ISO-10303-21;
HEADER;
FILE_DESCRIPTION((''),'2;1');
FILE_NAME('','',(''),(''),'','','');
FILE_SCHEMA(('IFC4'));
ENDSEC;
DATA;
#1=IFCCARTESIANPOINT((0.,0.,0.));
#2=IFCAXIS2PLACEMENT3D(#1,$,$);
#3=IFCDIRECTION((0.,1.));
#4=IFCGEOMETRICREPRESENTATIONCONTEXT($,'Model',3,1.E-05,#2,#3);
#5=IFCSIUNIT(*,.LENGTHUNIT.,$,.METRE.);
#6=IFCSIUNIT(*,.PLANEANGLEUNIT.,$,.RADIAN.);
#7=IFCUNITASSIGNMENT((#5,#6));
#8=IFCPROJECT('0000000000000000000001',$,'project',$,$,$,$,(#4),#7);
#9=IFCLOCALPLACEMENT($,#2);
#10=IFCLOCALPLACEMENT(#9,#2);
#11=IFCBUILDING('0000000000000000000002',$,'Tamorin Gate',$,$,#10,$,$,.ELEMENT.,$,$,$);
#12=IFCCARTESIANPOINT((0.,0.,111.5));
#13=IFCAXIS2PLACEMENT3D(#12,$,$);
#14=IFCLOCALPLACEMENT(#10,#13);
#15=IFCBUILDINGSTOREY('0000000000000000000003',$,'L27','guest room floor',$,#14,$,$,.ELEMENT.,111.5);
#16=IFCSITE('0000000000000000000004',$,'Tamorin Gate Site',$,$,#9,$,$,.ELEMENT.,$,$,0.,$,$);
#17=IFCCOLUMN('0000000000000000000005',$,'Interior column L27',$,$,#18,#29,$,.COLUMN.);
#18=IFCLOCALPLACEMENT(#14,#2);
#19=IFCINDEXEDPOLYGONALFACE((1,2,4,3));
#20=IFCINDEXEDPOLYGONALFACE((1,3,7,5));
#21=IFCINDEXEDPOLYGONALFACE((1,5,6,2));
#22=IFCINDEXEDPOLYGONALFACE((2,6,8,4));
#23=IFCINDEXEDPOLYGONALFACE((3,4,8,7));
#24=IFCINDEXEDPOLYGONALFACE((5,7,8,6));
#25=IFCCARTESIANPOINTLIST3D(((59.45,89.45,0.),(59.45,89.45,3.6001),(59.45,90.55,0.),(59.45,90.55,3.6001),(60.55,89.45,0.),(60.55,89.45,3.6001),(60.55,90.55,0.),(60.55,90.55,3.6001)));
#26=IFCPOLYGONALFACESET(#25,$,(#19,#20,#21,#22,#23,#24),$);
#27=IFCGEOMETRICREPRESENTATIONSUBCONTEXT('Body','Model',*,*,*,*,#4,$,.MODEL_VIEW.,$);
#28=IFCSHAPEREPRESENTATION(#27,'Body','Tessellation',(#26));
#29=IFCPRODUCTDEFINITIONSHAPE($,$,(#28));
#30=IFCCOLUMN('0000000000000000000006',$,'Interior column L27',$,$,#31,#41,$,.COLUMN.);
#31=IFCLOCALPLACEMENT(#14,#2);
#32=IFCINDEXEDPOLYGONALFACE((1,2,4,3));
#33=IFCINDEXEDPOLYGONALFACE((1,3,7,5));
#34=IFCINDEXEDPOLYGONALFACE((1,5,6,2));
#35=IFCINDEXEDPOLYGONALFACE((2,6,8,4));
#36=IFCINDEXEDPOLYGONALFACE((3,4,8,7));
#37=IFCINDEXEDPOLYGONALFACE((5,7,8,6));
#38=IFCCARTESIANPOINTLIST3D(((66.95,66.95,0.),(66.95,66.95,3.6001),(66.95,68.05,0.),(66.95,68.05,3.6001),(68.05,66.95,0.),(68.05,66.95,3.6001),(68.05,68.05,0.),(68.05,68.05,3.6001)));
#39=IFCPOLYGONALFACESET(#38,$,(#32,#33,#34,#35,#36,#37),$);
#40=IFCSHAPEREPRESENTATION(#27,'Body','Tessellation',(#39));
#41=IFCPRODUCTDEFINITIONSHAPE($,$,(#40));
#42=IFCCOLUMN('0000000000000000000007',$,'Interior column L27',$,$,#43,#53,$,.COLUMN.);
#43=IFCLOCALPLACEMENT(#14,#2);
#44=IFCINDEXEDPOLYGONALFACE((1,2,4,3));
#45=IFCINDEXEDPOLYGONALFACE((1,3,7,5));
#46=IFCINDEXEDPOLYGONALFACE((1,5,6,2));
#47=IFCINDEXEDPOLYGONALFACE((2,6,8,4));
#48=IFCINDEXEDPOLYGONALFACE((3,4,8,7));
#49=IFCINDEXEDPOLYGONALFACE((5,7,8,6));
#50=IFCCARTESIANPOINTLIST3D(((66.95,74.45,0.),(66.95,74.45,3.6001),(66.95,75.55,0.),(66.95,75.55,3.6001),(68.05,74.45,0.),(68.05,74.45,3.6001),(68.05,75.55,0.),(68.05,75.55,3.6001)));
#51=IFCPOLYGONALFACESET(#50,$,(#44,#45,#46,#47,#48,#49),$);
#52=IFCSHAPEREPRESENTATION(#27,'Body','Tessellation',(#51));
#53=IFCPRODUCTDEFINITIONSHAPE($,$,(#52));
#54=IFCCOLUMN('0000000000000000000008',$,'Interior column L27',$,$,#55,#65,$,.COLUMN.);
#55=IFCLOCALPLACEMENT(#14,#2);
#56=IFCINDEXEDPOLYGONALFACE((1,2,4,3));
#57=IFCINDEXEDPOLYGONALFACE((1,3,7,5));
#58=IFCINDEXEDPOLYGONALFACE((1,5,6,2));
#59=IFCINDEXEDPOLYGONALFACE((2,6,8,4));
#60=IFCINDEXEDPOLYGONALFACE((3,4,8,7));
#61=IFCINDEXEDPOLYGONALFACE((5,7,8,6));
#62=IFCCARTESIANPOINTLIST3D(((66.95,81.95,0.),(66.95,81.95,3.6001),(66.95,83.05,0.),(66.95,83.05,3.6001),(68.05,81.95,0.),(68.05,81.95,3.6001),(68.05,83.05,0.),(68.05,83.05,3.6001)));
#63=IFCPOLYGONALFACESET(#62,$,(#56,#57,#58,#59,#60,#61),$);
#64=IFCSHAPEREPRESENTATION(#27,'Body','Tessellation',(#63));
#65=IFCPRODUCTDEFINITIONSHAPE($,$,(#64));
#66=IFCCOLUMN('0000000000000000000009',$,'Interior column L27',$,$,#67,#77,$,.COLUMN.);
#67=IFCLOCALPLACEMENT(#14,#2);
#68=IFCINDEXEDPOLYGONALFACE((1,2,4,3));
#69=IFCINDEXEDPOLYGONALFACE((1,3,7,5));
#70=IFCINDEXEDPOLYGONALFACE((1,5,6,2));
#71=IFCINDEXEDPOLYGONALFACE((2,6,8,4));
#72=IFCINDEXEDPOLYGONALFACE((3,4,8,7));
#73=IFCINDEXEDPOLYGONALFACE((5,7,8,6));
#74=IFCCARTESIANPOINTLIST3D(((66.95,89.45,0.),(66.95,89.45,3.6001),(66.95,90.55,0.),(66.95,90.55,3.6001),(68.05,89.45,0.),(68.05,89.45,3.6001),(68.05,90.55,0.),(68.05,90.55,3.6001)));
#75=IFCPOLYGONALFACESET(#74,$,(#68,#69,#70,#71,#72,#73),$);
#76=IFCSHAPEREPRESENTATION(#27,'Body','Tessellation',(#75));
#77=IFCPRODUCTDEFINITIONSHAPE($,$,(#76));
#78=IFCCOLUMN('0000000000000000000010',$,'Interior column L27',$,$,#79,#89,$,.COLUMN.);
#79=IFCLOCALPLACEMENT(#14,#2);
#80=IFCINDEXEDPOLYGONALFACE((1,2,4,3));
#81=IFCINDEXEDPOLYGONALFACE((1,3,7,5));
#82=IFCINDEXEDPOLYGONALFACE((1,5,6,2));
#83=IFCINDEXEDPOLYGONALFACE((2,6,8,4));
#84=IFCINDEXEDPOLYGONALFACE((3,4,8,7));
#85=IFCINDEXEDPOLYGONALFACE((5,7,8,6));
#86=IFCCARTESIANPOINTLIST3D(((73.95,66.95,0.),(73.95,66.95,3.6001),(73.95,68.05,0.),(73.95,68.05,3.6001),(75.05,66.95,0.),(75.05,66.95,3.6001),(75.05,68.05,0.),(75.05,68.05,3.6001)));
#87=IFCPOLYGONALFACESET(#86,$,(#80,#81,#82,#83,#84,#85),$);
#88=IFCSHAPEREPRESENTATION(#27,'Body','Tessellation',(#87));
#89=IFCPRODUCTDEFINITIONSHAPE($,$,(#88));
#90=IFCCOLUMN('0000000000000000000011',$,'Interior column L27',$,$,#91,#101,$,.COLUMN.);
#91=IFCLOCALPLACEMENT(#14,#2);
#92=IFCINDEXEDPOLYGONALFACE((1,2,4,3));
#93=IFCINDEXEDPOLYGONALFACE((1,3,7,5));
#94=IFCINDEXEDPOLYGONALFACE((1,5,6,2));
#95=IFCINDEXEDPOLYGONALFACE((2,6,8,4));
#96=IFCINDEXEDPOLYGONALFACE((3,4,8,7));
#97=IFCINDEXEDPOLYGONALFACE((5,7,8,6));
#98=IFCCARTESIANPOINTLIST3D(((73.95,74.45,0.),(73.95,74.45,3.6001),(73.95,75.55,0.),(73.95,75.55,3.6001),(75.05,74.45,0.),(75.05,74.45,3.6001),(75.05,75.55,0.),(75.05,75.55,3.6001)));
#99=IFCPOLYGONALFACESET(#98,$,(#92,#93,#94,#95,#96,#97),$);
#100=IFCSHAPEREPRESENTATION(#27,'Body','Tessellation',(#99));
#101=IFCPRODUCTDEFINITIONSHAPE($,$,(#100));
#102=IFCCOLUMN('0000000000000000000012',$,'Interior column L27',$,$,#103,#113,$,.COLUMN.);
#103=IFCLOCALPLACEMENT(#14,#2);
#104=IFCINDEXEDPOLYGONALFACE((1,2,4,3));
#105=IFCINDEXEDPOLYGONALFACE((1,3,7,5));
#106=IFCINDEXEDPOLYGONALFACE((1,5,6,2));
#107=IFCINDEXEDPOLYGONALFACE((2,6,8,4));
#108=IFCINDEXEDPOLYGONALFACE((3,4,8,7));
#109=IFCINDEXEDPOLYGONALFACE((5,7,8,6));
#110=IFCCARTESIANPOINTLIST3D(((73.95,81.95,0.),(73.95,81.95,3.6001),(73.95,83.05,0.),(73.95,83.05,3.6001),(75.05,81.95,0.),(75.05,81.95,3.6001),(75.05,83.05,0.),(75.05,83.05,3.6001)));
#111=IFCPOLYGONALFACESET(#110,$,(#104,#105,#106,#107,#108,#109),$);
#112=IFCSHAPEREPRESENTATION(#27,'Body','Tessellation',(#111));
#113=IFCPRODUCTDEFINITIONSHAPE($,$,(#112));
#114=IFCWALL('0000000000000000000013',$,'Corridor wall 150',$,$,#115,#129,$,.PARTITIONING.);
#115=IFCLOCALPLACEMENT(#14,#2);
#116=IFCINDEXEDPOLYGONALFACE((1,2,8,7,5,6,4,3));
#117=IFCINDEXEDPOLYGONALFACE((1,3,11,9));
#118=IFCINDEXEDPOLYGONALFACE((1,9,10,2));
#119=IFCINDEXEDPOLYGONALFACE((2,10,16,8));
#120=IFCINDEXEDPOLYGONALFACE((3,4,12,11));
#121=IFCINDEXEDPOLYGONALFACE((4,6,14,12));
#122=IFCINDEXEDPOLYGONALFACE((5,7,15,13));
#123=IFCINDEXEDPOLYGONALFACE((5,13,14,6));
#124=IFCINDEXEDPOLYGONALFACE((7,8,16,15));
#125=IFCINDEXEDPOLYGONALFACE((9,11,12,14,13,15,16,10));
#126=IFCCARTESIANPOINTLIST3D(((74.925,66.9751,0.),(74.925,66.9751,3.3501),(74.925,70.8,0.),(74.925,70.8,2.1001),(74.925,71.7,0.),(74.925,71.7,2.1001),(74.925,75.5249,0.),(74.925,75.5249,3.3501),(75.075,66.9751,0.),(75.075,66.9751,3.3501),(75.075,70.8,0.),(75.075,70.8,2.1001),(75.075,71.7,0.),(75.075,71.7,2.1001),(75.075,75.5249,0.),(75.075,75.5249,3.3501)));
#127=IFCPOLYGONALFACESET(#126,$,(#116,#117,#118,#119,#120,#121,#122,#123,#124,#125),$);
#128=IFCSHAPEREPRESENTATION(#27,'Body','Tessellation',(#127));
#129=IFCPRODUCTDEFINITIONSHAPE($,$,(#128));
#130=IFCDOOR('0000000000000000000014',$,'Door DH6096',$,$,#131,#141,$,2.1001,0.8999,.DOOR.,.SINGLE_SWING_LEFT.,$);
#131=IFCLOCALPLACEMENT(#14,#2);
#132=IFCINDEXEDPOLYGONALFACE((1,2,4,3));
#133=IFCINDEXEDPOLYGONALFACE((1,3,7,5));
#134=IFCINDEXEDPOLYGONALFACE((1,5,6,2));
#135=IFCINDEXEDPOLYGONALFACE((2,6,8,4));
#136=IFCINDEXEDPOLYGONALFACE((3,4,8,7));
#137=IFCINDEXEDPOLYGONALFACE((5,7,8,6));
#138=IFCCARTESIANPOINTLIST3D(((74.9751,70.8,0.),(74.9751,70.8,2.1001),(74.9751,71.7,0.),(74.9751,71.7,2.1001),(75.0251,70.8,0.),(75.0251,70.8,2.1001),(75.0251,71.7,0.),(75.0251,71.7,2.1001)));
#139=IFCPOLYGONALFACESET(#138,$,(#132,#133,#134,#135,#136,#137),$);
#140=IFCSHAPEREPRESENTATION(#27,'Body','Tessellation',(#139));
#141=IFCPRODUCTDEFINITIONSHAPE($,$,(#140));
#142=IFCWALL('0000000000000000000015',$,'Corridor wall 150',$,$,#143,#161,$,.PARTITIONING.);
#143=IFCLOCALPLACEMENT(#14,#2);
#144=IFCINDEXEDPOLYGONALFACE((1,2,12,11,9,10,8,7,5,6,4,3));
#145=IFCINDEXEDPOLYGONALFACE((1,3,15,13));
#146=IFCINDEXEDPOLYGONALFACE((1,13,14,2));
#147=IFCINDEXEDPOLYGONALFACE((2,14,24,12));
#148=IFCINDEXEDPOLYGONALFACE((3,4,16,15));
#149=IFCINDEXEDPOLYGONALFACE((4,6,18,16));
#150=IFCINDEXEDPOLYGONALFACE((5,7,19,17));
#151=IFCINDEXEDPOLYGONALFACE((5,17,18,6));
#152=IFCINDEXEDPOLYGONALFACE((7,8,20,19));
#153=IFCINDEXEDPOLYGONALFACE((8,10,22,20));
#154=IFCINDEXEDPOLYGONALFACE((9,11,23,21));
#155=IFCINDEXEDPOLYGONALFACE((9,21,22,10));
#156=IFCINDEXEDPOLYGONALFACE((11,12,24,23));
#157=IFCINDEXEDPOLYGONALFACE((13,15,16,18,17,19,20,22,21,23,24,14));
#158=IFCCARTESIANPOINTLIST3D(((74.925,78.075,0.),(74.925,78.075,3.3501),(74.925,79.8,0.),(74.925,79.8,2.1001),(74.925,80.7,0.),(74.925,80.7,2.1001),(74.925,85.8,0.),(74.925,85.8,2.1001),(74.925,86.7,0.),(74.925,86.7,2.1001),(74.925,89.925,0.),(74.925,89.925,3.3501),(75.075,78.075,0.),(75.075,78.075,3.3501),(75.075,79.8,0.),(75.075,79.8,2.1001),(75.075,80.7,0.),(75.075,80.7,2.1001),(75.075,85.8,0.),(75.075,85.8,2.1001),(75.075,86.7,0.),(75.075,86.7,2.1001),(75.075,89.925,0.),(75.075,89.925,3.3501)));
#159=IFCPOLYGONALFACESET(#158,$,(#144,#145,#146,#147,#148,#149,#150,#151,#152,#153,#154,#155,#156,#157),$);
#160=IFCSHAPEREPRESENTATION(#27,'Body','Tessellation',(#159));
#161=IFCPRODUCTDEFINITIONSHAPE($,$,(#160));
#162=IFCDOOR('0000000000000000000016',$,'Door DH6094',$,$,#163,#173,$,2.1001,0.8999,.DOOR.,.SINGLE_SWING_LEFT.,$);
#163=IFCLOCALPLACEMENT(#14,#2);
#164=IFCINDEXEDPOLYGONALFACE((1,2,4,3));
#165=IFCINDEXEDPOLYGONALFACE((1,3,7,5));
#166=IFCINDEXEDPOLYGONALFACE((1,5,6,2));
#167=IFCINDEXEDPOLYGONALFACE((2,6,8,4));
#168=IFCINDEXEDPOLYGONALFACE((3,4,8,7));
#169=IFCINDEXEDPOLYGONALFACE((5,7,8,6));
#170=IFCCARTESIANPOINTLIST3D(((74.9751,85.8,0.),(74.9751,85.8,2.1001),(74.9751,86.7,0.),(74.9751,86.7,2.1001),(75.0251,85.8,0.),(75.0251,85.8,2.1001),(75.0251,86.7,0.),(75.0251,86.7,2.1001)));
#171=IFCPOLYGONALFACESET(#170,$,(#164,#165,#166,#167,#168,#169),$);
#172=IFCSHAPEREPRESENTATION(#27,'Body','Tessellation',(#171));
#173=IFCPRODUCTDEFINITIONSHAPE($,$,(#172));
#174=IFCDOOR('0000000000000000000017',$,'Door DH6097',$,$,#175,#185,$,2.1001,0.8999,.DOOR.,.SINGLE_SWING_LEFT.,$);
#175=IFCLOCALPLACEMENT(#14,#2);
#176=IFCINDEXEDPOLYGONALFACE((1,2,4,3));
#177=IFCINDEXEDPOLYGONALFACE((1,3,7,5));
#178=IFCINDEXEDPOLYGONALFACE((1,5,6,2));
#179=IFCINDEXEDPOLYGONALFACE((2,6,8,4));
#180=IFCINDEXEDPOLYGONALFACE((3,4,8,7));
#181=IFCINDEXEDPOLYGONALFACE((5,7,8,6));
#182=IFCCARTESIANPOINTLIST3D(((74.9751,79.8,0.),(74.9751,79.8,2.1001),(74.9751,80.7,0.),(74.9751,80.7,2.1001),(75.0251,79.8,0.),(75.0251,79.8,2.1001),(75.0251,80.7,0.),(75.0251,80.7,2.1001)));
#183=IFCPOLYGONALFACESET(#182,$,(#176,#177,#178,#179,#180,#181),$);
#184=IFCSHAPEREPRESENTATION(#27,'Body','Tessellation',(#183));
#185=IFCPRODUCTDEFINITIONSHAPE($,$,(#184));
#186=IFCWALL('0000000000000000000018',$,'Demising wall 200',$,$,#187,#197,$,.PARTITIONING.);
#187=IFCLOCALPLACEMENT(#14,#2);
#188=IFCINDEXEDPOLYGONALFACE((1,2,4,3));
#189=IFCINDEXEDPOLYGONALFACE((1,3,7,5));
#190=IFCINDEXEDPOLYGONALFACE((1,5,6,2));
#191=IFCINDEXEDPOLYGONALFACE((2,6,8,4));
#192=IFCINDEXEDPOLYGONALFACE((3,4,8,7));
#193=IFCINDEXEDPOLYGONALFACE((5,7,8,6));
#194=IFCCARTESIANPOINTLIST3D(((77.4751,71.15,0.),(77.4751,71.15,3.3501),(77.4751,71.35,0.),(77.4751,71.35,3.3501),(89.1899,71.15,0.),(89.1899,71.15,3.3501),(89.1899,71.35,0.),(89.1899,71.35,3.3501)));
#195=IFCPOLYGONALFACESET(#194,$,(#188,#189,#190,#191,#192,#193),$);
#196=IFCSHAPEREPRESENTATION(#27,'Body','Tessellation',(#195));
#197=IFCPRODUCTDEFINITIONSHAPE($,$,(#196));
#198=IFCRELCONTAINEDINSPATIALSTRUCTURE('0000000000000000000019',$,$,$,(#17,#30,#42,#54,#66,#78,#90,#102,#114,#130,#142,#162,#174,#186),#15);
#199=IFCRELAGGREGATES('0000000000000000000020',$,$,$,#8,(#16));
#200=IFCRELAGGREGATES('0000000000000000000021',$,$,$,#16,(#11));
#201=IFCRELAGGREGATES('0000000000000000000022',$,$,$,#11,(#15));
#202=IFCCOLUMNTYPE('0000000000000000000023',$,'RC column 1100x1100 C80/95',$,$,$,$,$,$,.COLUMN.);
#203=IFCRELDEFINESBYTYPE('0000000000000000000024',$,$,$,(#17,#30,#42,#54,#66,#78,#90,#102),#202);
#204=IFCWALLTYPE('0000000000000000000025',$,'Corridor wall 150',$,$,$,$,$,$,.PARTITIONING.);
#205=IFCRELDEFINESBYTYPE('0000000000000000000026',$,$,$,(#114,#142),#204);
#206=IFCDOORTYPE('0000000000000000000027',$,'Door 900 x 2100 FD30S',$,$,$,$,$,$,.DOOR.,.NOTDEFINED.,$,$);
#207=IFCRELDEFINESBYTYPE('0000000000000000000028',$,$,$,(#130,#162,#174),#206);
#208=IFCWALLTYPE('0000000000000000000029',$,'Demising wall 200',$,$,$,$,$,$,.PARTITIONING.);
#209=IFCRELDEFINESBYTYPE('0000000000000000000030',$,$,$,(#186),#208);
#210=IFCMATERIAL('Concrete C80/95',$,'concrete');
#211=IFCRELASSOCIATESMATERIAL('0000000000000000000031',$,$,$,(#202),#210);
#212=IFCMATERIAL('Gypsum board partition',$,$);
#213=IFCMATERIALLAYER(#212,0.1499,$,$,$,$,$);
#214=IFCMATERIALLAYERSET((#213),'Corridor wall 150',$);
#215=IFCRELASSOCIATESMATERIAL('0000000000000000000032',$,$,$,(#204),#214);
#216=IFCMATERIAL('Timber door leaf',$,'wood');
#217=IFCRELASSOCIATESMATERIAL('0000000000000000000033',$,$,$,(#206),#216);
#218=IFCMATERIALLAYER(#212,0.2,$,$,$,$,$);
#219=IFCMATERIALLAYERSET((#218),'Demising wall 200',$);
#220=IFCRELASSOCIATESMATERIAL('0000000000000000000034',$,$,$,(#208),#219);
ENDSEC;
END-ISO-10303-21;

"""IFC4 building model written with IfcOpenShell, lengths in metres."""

from ifc_helpers import new_model, si_unit, direction, frame, frame_2d, origin, origin_2d, place, context, subcontext, project, spatial, rectangle, extrude, material, layer, layer_set, material_profile, profile_set, type_object, element, fill, save


model = new_model("IFC4")

# Units and contexts
model_context = context("Model", 3, precision=1e-05, world=origin(), true_north=direction((0.0, 1.0)))
body_context = subcontext(model_context, "Body", "Model", "MODEL_VIEW")
ifc_project = project(units=[si_unit("LENGTHUNIT", "METRE"), si_unit("PLANEANGLEUNIT", "RADIAN")], contexts=[model_context])

# Site, building, storey
site_placement = place(None, origin())
site = spatial("IfcSite", under=ifc_project, at=site_placement, Name="Tamorin Gate Site", CompositionType="ELEMENT", RefElevation=0.0)
building_placement = place(site_placement, origin())
building = spatial("IfcBuilding", under=site, at=building_placement, Name="Tamorin Gate", CompositionType="ELEMENT")
storey_placement = place(building_placement, frame((0.0, 0.0, 111.5)))
storey = spatial("IfcBuildingStorey", under=building, at=storey_placement, Name="L27", Description="guest room floor", CompositionType="ELEMENT", Elevation=111.5)

# Columns
ifc_material_1 = material(Name="Concrete C80/95", Category="concrete")
ifc_material_profile = material_profile(ifc_material_1, rectangle(XDim=1.1001, YDim=1.1001, at=origin_2d()), Name="RC 1100x1100")
ifc_profile_set = profile_set([ifc_material_profile], Name="Concrete C80/95")
column_type = type_object("IfcColumnType", Name="RC column 1100x1100 C80/95", PredefinedType="COLUMN", material=ifc_profile_set)
for number, where, z_axis, x_axis, name in (
    (1, (60.0, 90.0, 0.0), (0.0, 0.0, 1.0), (1.0, 0.0, 0.0), "Interior column L27"),
    (2, (67.5, 67.5, 0.0), (0.0, 0.0, 1.0), (1.0, 0.0, 0.0), "Interior column L27"),
    (3, (67.5, 75.0, 0.0), (0.0, 0.0, 1.0), (1.0, 0.0, 0.0), "Interior column L27"),
    (4, (67.5, 82.5, 0.0), (0.0, 0.0, 1.0), (1.0, 0.0, 0.0), "Interior column L27"),
    (5, (67.5, 90.0, 0.0), (0.0, 0.0, 1.0), (1.0, 0.0, 0.0), "Interior column L27"),
    (6, (74.5, 67.5, 0.0), (0.0, 0.0, 1.0), (1.0, 0.0, 0.0), "Interior column L27"),
    (7, (74.5, 75.0, 0.0), (0.0, 0.0, 1.0), (1.0, 0.0, 0.0), "Interior column L27"),
    (8, (74.5, 82.5, 0.0), (0.0, 0.0, 1.0), (1.0, 0.0, 0.0), "Interior column L27"),
):
    element("IfcColumn", number, at=place(storey_placement, frame(where, z_axis=z_axis, x_axis=x_axis)), inside=storey, type_object=column_type, Name=name, PredefinedType="COLUMN", context=body_context, shape_type="SweptSolid", body=[
        extrude(rectangle(XDim=1.1001, YDim=1.1001, at=origin_2d()), origin(), (0.0, 0.0, 1.0), 3.6001),
    ])

# Wall, opening, door
ifc_material_2 = material(Name="Gypsum board partition")
ifc_layer_1 = layer(ifc_material_2, 0.1499)
ifc_layer_set_1 = layer_set([ifc_layer_1], Name="Corridor wall 150")
wall_type_1 = type_object("IfcWallType", Name="Corridor wall 150", PredefinedType="PARTITIONING", material=ifc_layer_set_1)
wall_1_placement = place(storey_placement, frame((75.0, 66.9751, 0.0), z_axis=(0.0, 0.0, 1.0), x_axis=(0.0, 1.0, 0.0)))
wall_1 = element("IfcWall", 9, at=wall_1_placement, inside=storey, type_object=wall_type_1, Name="Corridor wall 150", PredefinedType="PARTITIONING", context=body_context, shape_type="SweptSolid", body=[
    extrude(rectangle(XDim=8.5498, YDim=0.1499, at=frame_2d((4.2749, 0.0))), origin(), (0.0, 0.0, 1.0), 3.3501),
])
opening_1_placement = place(wall_1_placement, frame((3.825, 0.0, 0.0)))
opening_1 = element("IfcOpeningElement", 10, at=opening_1_placement, cuts=wall_1, PredefinedType="OPENING", context=body_context, shape_type="SweptSolid", body=[
    extrude(rectangle(XDim=0.8999, YDim=2.1001, at=frame_2d((0.45, 1.05))), frame((0.0, 0.085, 0.0), z_axis=(0.0, -1.0, 0.0), x_axis=(1.0, 0.0, 0.0)), (0.0, 0.0, 1.0), 0.1699),
])
ifc_material_3 = material(Name="Timber door leaf", Category="wood")
door_type_1 = type_object("IfcDoorType", Name="Door 900 x 2100 FD30S", OperationType="NOTDEFINED", PredefinedType="DOOR", material=ifc_material_3)
door_1_placement = place(opening_1_placement, origin())
door_1 = element("IfcDoor", 11, at=door_1_placement, inside=storey, type_object=door_type_1, Name="Door DH6096", OperationType="SINGLE_SWING_LEFT", OverallHeight=2.1001, OverallWidth=0.8999, PredefinedType="DOOR", context=body_context, shape_type="SweptSolid", body=[
    extrude(rectangle(XDim=0.8999, YDim=2.1001, at=frame_2d((0.45, 1.05))), frame((0.0, 0.0249, 0.0), z_axis=(0.0, -1.0, 0.0), x_axis=(1.0, 0.0, 0.0)), (0.0, 0.0, 1.0), 0.05),
])
fill(opening_1, door_1)

# Wall, openings, doors
wall_2_placement = place(storey_placement, frame((75.0, 78.075, 0.0), z_axis=(0.0, 0.0, 1.0), x_axis=(0.0, 1.0, 0.0)))
wall_2 = element("IfcWall", 12, at=wall_2_placement, inside=storey, type_object=wall_type_1, Name="Corridor wall 150", PredefinedType="PARTITIONING", context=body_context, shape_type="SweptSolid", body=[
    extrude(rectangle(XDim=11.8501, YDim=0.1499, at=frame_2d((5.925, 0.0))), origin(), (0.0, 0.0, 1.0), 3.3501),
])
opening_2_placement = place(wall_2_placement, frame((7.7251, 0.0, 0.0)))
opening_2 = element("IfcOpeningElement", 13, at=opening_2_placement, cuts=wall_2, PredefinedType="OPENING", context=body_context, shape_type="SweptSolid", body=[
    extrude(rectangle(XDim=0.8999, YDim=2.1001, at=frame_2d((0.45, 1.05))), frame((0.0, 0.085, 0.0), z_axis=(0.0, -1.0, 0.0), x_axis=(1.0, 0.0, 0.0)), (0.0, 0.0, 1.0), 0.1699),
])
opening_3_placement = place(wall_2_placement, frame((1.7251, 0.0, 0.0)))
opening_3 = element("IfcOpeningElement", 14, at=opening_3_placement, cuts=wall_2, PredefinedType="OPENING", context=body_context, shape_type="SweptSolid", body=[
    extrude(rectangle(XDim=0.8999, YDim=2.1001, at=frame_2d((0.45, 1.05))), frame((0.0, 0.085, 0.0), z_axis=(0.0, -1.0, 0.0), x_axis=(1.0, 0.0, 0.0)), (0.0, 0.0, 1.0), 0.1699),
])
door_2_placement = place(opening_2_placement, origin())
door_2 = element("IfcDoor", 15, at=door_2_placement, inside=storey, type_object=door_type_1, Name="Door DH6094", OperationType="SINGLE_SWING_LEFT", OverallHeight=2.1001, OverallWidth=0.8999, PredefinedType="DOOR", context=body_context, shape_type="SweptSolid", body=[
    extrude(rectangle(XDim=0.8999, YDim=2.1001, at=frame_2d((0.45, 1.05))), frame((0.0, 0.0249, 0.0), z_axis=(0.0, -1.0, 0.0), x_axis=(1.0, 0.0, 0.0)), (0.0, 0.0, 1.0), 0.05),
])
fill(opening_2, door_2)
door_3_placement = place(opening_3_placement, origin())
door_3 = element("IfcDoor", 16, at=door_3_placement, inside=storey, type_object=door_type_1, Name="Door DH6097", OperationType="SINGLE_SWING_LEFT", OverallHeight=2.1001, OverallWidth=0.8999, PredefinedType="DOOR", context=body_context, shape_type="SweptSolid", body=[
    extrude(rectangle(XDim=0.8999, YDim=2.1001, at=frame_2d((0.45, 1.05))), frame((0.0, 0.0249, 0.0), z_axis=(0.0, -1.0, 0.0), x_axis=(1.0, 0.0, 0.0)), (0.0, 0.0, 1.0), 0.05),
])
fill(opening_3, door_3)

# Wall
ifc_layer_2 = layer(ifc_material_2, 0.2)
ifc_layer_set_2 = layer_set([ifc_layer_2], Name="Demising wall 200")
wall_type_2 = type_object("IfcWallType", Name="Demising wall 200", PredefinedType="PARTITIONING", material=ifc_layer_set_2)
wall_3_placement = place(storey_placement, frame((77.4751, 71.25, 0.0), z_axis=(0.0, 0.0, 1.0), x_axis=(1.0, 0.0, 0.0)))
element("IfcWall", 17, at=wall_3_placement, inside=storey, type_object=wall_type_2, Name="Demising wall 200", PredefinedType="PARTITIONING", context=body_context, shape_type="SweptSolid", body=[
    extrude(rectangle(XDim=11.7148, YDim=0.2, at=frame_2d((5.8574, 0.0))), origin(), (0.0, 0.0, 1.0), 3.3501),
])

save(model, "model.ifc")
